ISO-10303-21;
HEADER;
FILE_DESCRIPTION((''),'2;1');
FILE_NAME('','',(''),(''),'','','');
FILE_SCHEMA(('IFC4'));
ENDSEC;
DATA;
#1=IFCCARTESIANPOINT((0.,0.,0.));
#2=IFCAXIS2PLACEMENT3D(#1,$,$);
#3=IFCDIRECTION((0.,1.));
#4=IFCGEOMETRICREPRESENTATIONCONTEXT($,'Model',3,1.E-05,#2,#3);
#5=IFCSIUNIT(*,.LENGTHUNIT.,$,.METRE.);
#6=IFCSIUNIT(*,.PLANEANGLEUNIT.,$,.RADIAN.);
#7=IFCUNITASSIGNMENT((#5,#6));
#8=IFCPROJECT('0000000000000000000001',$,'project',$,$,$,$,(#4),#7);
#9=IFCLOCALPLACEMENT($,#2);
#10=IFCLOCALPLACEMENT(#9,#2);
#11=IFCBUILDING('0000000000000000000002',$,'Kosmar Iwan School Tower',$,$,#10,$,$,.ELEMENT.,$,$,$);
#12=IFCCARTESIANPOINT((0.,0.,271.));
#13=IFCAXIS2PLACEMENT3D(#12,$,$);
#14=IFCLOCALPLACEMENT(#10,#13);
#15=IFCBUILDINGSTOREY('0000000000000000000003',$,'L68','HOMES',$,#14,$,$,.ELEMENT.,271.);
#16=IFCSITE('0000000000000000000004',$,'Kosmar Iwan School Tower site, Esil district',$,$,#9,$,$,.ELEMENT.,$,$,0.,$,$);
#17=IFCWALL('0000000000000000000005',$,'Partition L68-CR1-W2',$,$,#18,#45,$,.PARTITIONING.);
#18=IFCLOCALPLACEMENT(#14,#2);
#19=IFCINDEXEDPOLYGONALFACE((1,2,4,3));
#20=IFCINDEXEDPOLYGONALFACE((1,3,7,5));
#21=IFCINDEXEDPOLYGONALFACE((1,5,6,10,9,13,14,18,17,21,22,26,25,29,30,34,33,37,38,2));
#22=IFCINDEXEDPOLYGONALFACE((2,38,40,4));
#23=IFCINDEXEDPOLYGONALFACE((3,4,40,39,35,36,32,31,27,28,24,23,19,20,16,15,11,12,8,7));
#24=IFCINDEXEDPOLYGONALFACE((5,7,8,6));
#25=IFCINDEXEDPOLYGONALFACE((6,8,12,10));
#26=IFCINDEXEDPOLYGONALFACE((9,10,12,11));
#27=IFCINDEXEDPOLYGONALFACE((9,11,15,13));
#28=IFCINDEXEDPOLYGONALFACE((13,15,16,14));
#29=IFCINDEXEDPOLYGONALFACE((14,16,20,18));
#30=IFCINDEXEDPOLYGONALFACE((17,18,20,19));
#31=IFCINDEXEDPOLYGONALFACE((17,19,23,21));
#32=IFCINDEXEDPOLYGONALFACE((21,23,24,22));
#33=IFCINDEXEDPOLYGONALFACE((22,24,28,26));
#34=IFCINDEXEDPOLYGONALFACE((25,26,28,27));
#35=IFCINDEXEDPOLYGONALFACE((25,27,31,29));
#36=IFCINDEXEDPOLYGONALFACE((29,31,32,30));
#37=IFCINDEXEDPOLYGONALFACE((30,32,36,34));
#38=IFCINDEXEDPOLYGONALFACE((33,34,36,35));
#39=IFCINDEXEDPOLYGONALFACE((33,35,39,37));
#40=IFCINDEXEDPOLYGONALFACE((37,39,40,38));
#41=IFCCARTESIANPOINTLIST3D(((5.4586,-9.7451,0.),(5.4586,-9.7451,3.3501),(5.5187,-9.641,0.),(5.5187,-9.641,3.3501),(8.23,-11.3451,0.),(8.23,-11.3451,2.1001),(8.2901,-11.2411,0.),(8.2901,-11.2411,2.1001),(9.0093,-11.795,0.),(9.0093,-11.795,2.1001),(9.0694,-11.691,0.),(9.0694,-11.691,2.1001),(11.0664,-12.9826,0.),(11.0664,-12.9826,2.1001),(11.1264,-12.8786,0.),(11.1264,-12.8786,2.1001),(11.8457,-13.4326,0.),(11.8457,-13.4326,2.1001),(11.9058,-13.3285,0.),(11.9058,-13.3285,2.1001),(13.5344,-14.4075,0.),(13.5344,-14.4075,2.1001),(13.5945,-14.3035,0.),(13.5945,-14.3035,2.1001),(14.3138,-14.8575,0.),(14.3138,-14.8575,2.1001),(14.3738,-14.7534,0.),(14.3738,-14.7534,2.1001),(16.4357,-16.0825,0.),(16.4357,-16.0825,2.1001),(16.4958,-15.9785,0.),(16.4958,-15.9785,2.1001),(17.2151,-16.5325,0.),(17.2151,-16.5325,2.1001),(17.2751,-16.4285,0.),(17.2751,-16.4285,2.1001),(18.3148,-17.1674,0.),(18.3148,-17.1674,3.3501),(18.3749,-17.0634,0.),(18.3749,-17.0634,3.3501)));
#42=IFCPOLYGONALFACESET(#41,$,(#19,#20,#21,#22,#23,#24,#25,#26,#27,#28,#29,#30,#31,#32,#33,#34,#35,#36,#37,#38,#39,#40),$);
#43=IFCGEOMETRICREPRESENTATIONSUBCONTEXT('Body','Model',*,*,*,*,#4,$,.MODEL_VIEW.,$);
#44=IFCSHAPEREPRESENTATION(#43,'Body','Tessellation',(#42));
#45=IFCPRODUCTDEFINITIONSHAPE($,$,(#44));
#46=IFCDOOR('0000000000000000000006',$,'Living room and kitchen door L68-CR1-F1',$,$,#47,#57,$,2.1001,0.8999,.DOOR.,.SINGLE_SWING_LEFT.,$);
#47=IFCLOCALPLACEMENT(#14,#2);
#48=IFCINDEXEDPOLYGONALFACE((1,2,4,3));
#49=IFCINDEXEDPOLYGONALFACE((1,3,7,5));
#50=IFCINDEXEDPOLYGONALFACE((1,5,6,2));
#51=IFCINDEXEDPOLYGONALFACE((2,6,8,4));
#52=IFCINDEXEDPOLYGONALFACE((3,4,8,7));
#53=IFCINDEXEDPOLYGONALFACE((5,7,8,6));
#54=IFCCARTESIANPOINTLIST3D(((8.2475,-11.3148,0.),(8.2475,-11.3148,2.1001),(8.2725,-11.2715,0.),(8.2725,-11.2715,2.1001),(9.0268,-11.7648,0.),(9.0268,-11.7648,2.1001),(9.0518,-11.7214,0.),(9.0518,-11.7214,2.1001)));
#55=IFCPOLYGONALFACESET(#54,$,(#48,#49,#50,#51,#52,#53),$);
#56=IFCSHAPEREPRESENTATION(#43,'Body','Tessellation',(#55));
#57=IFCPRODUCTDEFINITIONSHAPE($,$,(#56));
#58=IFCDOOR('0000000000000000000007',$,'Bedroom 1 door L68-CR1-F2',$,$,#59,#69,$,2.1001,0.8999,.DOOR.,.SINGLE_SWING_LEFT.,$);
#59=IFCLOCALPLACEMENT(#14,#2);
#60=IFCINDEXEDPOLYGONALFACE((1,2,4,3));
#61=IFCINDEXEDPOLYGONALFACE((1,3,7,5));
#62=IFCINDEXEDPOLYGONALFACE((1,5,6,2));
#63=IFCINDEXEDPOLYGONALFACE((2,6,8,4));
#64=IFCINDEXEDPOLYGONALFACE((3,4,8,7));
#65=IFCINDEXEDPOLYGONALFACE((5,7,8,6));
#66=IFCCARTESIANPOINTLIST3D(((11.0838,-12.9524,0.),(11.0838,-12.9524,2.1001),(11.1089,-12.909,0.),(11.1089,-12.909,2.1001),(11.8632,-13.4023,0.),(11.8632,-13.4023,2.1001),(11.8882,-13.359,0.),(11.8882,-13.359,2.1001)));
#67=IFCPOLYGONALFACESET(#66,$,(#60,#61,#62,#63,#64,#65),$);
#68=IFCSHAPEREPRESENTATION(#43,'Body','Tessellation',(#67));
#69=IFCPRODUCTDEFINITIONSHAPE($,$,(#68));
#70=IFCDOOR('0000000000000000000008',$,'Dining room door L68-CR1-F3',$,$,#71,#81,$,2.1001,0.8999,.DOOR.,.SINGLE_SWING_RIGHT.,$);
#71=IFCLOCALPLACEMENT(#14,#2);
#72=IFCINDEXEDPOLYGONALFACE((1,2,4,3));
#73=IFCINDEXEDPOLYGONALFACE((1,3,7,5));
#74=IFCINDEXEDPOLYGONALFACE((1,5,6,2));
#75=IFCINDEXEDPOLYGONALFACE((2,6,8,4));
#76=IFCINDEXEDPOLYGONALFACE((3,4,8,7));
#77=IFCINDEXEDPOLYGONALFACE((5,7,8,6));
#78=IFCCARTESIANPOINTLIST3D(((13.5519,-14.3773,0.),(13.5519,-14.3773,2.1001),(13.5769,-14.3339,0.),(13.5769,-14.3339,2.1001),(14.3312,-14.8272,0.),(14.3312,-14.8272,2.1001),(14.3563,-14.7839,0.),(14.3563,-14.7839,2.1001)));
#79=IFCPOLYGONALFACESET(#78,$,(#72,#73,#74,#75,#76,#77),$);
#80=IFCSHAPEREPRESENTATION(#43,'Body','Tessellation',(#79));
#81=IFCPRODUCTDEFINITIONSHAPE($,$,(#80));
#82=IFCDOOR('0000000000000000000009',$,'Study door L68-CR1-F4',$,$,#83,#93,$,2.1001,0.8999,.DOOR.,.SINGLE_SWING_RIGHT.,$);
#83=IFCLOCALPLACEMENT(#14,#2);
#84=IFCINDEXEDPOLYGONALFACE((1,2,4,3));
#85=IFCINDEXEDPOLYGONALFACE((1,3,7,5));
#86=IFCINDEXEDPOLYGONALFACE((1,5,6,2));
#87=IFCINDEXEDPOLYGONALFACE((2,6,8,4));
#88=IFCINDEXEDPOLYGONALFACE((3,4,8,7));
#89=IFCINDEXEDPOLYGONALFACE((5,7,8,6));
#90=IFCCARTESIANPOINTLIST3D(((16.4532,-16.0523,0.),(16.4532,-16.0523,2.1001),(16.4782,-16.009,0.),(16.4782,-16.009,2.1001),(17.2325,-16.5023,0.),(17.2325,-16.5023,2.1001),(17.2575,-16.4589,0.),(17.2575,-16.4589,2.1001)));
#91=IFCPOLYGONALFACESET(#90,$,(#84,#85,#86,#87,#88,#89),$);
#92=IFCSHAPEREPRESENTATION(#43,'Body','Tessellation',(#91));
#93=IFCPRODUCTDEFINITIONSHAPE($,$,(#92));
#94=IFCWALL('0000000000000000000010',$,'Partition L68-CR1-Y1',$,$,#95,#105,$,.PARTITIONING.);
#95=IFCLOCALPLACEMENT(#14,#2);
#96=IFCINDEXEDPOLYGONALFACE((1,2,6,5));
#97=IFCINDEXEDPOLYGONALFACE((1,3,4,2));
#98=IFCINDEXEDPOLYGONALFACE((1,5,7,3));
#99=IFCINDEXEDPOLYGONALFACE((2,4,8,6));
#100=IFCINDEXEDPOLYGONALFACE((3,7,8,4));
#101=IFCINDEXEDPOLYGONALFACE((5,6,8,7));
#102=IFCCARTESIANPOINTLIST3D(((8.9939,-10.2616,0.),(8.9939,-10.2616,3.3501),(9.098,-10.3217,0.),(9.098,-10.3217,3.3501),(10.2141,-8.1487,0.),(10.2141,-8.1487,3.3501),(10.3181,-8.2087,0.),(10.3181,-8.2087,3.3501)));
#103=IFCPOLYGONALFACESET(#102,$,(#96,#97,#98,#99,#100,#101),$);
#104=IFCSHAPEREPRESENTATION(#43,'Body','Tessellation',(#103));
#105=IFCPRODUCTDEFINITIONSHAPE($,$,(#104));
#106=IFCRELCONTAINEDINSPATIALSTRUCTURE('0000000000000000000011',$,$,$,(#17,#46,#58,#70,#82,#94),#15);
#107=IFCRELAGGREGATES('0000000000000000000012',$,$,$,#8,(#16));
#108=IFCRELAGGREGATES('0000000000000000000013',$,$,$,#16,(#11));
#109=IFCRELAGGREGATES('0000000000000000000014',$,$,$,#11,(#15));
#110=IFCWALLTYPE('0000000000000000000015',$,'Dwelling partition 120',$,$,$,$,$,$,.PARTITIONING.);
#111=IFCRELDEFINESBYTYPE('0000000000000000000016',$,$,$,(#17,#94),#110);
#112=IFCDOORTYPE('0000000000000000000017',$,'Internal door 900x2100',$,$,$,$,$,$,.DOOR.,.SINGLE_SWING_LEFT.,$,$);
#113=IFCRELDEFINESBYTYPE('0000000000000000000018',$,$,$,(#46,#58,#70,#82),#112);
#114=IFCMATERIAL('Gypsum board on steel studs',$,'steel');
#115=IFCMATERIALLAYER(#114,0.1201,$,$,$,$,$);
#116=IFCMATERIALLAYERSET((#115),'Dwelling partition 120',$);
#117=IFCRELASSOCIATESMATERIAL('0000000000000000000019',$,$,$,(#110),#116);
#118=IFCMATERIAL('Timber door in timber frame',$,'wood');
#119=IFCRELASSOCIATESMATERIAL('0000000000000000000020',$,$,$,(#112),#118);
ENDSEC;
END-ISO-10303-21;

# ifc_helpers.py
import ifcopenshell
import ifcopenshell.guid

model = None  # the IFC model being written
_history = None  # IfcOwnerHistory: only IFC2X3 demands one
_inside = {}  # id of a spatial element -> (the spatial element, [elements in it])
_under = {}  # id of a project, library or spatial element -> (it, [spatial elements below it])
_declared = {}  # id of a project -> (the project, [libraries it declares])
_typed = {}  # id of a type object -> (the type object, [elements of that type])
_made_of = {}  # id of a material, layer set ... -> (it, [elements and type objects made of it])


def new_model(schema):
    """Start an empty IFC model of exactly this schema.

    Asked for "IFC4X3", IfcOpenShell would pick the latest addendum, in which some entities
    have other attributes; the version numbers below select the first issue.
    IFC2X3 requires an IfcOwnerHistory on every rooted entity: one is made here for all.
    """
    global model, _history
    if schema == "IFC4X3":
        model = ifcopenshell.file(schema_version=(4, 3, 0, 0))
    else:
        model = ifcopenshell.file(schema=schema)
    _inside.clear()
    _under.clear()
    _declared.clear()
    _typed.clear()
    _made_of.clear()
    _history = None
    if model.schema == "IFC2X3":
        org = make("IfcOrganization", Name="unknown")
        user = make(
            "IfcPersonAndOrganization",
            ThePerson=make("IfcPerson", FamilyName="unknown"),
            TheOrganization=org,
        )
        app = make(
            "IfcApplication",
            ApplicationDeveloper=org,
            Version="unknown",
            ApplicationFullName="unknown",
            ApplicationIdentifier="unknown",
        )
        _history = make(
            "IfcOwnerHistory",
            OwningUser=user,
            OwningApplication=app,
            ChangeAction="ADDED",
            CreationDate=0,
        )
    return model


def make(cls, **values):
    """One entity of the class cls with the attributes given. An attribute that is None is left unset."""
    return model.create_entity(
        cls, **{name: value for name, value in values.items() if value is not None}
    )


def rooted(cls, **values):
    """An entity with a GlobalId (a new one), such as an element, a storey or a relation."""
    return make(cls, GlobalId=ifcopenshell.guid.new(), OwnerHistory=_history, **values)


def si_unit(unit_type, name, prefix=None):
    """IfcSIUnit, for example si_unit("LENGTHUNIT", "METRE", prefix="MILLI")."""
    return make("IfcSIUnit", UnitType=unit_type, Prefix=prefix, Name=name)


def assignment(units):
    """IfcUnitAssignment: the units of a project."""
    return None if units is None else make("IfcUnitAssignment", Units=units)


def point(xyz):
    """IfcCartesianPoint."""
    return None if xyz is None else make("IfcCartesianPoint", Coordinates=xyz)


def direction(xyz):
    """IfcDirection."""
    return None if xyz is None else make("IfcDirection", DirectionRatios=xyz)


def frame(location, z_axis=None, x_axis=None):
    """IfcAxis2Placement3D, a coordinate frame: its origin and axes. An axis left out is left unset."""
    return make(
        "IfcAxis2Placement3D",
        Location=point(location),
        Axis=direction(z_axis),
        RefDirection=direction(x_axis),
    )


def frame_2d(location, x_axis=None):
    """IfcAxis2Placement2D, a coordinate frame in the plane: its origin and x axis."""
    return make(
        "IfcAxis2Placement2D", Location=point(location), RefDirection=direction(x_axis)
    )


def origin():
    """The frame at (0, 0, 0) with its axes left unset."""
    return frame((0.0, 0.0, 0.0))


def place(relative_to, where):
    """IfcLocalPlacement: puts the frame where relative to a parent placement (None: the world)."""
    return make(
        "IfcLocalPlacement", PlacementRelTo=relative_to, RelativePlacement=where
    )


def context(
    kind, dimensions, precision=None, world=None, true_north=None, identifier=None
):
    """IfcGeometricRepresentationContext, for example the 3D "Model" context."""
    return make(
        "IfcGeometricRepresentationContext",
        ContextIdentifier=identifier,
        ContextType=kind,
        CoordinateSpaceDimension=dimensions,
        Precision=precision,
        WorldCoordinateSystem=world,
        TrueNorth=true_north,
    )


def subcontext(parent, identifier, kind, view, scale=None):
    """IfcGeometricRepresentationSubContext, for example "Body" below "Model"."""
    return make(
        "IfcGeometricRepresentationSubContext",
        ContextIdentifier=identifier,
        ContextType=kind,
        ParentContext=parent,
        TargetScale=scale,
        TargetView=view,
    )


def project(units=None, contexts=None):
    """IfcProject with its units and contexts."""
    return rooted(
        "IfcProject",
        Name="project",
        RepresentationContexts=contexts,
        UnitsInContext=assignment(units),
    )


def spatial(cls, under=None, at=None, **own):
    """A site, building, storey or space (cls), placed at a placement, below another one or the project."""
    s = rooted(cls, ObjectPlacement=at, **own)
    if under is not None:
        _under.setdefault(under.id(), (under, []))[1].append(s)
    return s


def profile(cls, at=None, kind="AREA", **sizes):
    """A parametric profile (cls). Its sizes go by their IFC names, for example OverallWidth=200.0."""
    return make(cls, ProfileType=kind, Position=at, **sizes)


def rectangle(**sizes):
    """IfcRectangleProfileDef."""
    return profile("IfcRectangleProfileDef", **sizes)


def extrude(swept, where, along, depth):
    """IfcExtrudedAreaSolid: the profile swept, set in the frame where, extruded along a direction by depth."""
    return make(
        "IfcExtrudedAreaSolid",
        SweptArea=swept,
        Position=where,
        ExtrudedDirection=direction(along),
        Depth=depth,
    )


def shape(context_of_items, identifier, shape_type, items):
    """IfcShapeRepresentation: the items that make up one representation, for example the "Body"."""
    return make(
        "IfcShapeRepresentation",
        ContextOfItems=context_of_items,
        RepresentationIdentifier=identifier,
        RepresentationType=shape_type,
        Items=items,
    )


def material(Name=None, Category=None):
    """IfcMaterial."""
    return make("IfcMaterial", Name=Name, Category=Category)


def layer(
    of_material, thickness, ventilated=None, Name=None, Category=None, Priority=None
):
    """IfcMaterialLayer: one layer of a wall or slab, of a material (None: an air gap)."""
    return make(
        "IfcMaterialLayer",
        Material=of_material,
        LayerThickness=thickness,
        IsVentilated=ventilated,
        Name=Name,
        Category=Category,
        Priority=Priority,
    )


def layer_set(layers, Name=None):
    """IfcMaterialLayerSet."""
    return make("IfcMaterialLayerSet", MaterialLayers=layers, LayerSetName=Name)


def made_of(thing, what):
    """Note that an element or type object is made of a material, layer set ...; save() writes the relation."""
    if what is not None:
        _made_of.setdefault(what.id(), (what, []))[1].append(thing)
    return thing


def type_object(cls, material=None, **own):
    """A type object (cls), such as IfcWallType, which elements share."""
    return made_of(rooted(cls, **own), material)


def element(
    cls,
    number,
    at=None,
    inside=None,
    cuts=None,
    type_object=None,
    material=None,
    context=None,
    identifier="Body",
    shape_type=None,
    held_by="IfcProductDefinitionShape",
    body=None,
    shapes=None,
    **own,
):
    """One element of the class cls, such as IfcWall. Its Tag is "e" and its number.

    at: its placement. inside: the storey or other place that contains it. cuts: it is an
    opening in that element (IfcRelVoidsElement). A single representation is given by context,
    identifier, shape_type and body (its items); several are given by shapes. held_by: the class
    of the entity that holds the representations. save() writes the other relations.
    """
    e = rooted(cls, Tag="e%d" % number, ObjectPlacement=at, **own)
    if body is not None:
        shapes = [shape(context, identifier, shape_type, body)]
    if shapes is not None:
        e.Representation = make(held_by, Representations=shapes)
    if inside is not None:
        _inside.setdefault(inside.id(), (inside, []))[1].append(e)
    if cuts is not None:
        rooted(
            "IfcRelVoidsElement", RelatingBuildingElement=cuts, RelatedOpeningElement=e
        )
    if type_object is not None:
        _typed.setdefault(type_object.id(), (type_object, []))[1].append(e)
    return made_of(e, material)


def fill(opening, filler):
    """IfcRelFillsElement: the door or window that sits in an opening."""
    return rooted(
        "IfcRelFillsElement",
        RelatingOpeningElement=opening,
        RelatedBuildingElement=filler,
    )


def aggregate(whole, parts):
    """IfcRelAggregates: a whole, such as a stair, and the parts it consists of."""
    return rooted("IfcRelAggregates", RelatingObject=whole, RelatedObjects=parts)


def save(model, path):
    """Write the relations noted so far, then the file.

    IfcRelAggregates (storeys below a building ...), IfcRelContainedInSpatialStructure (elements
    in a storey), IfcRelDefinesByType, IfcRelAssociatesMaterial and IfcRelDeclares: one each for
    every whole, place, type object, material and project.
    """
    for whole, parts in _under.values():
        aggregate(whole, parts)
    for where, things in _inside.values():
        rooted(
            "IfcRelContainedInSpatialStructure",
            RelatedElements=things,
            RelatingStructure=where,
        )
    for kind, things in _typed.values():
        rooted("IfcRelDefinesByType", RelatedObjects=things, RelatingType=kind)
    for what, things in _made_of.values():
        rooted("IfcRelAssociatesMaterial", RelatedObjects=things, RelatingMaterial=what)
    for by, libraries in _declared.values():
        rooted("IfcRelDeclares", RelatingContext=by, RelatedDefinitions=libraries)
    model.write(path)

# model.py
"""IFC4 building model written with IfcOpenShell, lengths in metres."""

from ifc_helpers import new_model, si_unit, direction, frame, frame_2d, origin, place, context, subcontext, project, spatial, rectangle, extrude, material, layer, layer_set, type_object, element, fill, save


model = new_model("IFC4")

# Units and contexts
model_context = context("Model", 3, precision=1e-05, world=origin(), true_north=direction((0.0, 1.0)))
body_context = subcontext(model_context, "Body", "Model", "MODEL_VIEW")
ifc_project = project(units=[si_unit("LENGTHUNIT", "METRE"), si_unit("PLANEANGLEUNIT", "RADIAN")], contexts=[model_context])

# Site, building, storey
site_placement = place(None, origin())
site = spatial("IfcSite", under=ifc_project, at=site_placement, Name="Kosmar Iwan School Tower site, Esil district", CompositionType="ELEMENT", RefElevation=0.0)
building_placement = place(site_placement, origin())
building = spatial("IfcBuilding", under=site, at=building_placement, Name="Kosmar Iwan School Tower", CompositionType="ELEMENT")
storey_placement = place(building_placement, frame((0.0, 0.0, 271.0)))
storey = spatial("IfcBuildingStorey", under=building, at=storey_placement, Name="L68", Description="HOMES", CompositionType="ELEMENT", Elevation=271.0)

# Shared definitions
ifc_material_1 = material(Name="Gypsum board on steel studs", Category="steel")
ifc_layer_1 = layer(ifc_material_1, 0.1201)
ifc_layer_set_1 = layer_set([ifc_layer_1], Name="Dwelling partition 120")
wall_type_1 = type_object("IfcWallType", Name="Dwelling partition 120", PredefinedType="PARTITIONING", material=ifc_layer_set_1)

# Wall, openings, doors
ifc_material_2 = material(Name="Timber door in timber frame", Category="wood")
door_type_1 = type_object("IfcDoorType", Name="Internal door 900x2100", OperationType="SINGLE_SWING_LEFT", PredefinedType="DOOR", material=ifc_material_2)
wall_1_placement = place(storey_placement, frame((5.4888, -9.6931, 0.0), z_axis=(0.0, 0.0, 1.0), x_axis=(0.86603, -0.499992, 0.0)))
wall_1 = element("IfcWall", 1, at=wall_1_placement, inside=storey, type_object=wall_type_1, Name="Partition L68-CR1-W2", PredefinedType="PARTITIONING", context=body_context, shape_type="SweptSolid", body=[
    extrude(rectangle(XDim=14.845, YDim=0.1201, at=frame_2d((7.4224, 0.0))), origin(), (0.0, 0.0, 1.0), 3.3501),
])
opening_1_placement = place(wall_1_placement, frame((3.2, 0.0, 0.0)))
opening_1 = element("IfcOpeningElement", 2, at=opening_1_placement, cuts=wall_1, PredefinedType="OPENING", context=body_context, shape_type="SweptSolid", body=[
    extrude(rectangle(XDim=0.8999, YDim=2.1001, at=frame_2d((0.45, 1.05))), frame((0.0, 0.072, 0.0), z_axis=(0.0, -1.0, 0.0), x_axis=(1.0, 0.0, 0.0)), (0.0, 0.0, 1.0), 0.144),
])
opening_2_placement = place(wall_1_placement, frame((6.4751, 0.0, 0.0)))
opening_2 = element("IfcOpeningElement", 3, at=opening_2_placement, cuts=wall_1, PredefinedType="OPENING", context=body_context, shape_type="SweptSolid", body=[
    extrude(rectangle(XDim=0.8999, YDim=2.1001, at=frame_2d((0.45, 1.05))), frame((0.0, 0.072, 0.0), z_axis=(0.0, -1.0, 0.0), x_axis=(1.0, 0.0, 0.0)), (0.0, 0.0, 1.0), 0.144),
])
opening_3_placement = place(wall_1_placement, frame((9.325, 0.0, 0.0)))
opening_3 = element("IfcOpeningElement", 4, at=opening_3_placement, cuts=wall_1, PredefinedType="OPENING", context=body_context, shape_type="SweptSolid", body=[
    extrude(rectangle(XDim=0.8999, YDim=2.1001, at=frame_2d((0.45, 1.05))), frame((0.0, 0.072, 0.0), z_axis=(0.0, -1.0, 0.0), x_axis=(1.0, 0.0, 0.0)), (0.0, 0.0, 1.0), 0.144),
])
opening_4_placement = place(wall_1_placement, frame((12.675, 0.0, 0.0)))
opening_4 = element("IfcOpeningElement", 5, at=opening_4_placement, cuts=wall_1, PredefinedType="OPENING", context=body_context, shape_type="SweptSolid", body=[
    extrude(rectangle(XDim=0.8999, YDim=2.1001, at=frame_2d((0.45, 1.05))), frame((0.0, 0.072, 0.0), z_axis=(0.0, -1.0, 0.0), x_axis=(1.0, 0.0, 0.0)), (0.0, 0.0, 1.0), 0.144),
])
door_1_placement = place(opening_1_placement, origin())
door_1 = element("IfcDoor", 6, at=door_1_placement, inside=storey, type_object=door_type_1, Name="Living room and kitchen door L68-CR1-F1", OperationType="SINGLE_SWING_LEFT", OverallHeight=2.1001, OverallWidth=0.8999, PredefinedType="DOOR", context=body_context, shape_type="SweptSolid", body=[
    extrude(rectangle(XDim=0.8999, YDim=2.1001, at=frame_2d((0.45, 1.05))), frame((0.0, 0.0249, 0.0), z_axis=(0.0, -1.0, 0.0), x_axis=(1.0, 0.0, 0.0)), (0.0, 0.0, 1.0), 0.05),
])
fill(opening_1, door_1)
door_2_placement = place(opening_2_placement, origin())
door_2 = element("IfcDoor", 7, at=door_2_placement, inside=storey, type_object=door_type_1, Name="Bedroom 1 door L68-CR1-F2", OperationType="SINGLE_SWING_LEFT", OverallHeight=2.1001, OverallWidth=0.8999, PredefinedType="DOOR", context=body_context, shape_type="SweptSolid", body=[
    extrude(rectangle(XDim=0.8999, YDim=2.1001, at=frame_2d((0.45, 1.05))), frame((0.0, 0.0249, 0.0), z_axis=(0.0, -1.0, 0.0), x_axis=(1.0, 0.0, 0.0)), (0.0, 0.0, 1.0), 0.05),
])
fill(opening_2, door_2)
door_3_placement = place(opening_3_placement, origin())
door_3 = element("IfcDoor", 8, at=door_3_placement, inside=storey, type_object=door_type_1, Name="Dining room door L68-CR1-F3", OperationType="SINGLE_SWING_RIGHT", OverallHeight=2.1001, OverallWidth=0.8999, PredefinedType="DOOR", context=body_context, shape_type="SweptSolid", body=[
    extrude(rectangle(XDim=0.8999, YDim=2.1001, at=frame_2d((0.45, 1.05))), frame((0.0, 0.0249, 0.0), z_axis=(0.0, -1.0, 0.0), x_axis=(1.0, 0.0, 0.0)), (0.0, 0.0, 1.0), 0.05),
])
fill(opening_3, door_3)
door_4_placement = place(opening_4_placement, origin())
door_4 = element("IfcDoor", 9, at=door_4_placement, inside=storey, type_object=door_type_1, Name="Study door L68-CR1-F4", OperationType="SINGLE_SWING_RIGHT", OverallHeight=2.1001, OverallWidth=0.8999, PredefinedType="DOOR", context=body_context, shape_type="SweptSolid", body=[
    extrude(rectangle(XDim=0.8999, YDim=2.1001, at=frame_2d((0.45, 1.05))), frame((0.0, 0.0249, 0.0), z_axis=(0.0, -1.0, 0.0), x_axis=(1.0, 0.0, 0.0)), (0.0, 0.0, 1.0), 0.05),
])
fill(opening_4, door_4)

# Wall
wall_2_placement = place(storey_placement, frame((10.2661, -8.1787, 0.0), z_axis=(0.0, 0.0, 1.0), x_axis=(-0.500078, -0.865981, 0.0)))
element("IfcWall", 10, at=wall_2_placement, inside=storey, type_object=wall_type_1, Name="Partition L68-CR1-Y1", PredefinedType="PARTITIONING", context=body_context, shape_type="SweptSolid", body=[
    extrude(rectangle(XDim=2.4399, YDim=0.1201, at=frame_2d((1.22, 0.0))), origin(), (0.0, 0.0, 1.0), 3.3501),
])

save(model, "model.ifc")
